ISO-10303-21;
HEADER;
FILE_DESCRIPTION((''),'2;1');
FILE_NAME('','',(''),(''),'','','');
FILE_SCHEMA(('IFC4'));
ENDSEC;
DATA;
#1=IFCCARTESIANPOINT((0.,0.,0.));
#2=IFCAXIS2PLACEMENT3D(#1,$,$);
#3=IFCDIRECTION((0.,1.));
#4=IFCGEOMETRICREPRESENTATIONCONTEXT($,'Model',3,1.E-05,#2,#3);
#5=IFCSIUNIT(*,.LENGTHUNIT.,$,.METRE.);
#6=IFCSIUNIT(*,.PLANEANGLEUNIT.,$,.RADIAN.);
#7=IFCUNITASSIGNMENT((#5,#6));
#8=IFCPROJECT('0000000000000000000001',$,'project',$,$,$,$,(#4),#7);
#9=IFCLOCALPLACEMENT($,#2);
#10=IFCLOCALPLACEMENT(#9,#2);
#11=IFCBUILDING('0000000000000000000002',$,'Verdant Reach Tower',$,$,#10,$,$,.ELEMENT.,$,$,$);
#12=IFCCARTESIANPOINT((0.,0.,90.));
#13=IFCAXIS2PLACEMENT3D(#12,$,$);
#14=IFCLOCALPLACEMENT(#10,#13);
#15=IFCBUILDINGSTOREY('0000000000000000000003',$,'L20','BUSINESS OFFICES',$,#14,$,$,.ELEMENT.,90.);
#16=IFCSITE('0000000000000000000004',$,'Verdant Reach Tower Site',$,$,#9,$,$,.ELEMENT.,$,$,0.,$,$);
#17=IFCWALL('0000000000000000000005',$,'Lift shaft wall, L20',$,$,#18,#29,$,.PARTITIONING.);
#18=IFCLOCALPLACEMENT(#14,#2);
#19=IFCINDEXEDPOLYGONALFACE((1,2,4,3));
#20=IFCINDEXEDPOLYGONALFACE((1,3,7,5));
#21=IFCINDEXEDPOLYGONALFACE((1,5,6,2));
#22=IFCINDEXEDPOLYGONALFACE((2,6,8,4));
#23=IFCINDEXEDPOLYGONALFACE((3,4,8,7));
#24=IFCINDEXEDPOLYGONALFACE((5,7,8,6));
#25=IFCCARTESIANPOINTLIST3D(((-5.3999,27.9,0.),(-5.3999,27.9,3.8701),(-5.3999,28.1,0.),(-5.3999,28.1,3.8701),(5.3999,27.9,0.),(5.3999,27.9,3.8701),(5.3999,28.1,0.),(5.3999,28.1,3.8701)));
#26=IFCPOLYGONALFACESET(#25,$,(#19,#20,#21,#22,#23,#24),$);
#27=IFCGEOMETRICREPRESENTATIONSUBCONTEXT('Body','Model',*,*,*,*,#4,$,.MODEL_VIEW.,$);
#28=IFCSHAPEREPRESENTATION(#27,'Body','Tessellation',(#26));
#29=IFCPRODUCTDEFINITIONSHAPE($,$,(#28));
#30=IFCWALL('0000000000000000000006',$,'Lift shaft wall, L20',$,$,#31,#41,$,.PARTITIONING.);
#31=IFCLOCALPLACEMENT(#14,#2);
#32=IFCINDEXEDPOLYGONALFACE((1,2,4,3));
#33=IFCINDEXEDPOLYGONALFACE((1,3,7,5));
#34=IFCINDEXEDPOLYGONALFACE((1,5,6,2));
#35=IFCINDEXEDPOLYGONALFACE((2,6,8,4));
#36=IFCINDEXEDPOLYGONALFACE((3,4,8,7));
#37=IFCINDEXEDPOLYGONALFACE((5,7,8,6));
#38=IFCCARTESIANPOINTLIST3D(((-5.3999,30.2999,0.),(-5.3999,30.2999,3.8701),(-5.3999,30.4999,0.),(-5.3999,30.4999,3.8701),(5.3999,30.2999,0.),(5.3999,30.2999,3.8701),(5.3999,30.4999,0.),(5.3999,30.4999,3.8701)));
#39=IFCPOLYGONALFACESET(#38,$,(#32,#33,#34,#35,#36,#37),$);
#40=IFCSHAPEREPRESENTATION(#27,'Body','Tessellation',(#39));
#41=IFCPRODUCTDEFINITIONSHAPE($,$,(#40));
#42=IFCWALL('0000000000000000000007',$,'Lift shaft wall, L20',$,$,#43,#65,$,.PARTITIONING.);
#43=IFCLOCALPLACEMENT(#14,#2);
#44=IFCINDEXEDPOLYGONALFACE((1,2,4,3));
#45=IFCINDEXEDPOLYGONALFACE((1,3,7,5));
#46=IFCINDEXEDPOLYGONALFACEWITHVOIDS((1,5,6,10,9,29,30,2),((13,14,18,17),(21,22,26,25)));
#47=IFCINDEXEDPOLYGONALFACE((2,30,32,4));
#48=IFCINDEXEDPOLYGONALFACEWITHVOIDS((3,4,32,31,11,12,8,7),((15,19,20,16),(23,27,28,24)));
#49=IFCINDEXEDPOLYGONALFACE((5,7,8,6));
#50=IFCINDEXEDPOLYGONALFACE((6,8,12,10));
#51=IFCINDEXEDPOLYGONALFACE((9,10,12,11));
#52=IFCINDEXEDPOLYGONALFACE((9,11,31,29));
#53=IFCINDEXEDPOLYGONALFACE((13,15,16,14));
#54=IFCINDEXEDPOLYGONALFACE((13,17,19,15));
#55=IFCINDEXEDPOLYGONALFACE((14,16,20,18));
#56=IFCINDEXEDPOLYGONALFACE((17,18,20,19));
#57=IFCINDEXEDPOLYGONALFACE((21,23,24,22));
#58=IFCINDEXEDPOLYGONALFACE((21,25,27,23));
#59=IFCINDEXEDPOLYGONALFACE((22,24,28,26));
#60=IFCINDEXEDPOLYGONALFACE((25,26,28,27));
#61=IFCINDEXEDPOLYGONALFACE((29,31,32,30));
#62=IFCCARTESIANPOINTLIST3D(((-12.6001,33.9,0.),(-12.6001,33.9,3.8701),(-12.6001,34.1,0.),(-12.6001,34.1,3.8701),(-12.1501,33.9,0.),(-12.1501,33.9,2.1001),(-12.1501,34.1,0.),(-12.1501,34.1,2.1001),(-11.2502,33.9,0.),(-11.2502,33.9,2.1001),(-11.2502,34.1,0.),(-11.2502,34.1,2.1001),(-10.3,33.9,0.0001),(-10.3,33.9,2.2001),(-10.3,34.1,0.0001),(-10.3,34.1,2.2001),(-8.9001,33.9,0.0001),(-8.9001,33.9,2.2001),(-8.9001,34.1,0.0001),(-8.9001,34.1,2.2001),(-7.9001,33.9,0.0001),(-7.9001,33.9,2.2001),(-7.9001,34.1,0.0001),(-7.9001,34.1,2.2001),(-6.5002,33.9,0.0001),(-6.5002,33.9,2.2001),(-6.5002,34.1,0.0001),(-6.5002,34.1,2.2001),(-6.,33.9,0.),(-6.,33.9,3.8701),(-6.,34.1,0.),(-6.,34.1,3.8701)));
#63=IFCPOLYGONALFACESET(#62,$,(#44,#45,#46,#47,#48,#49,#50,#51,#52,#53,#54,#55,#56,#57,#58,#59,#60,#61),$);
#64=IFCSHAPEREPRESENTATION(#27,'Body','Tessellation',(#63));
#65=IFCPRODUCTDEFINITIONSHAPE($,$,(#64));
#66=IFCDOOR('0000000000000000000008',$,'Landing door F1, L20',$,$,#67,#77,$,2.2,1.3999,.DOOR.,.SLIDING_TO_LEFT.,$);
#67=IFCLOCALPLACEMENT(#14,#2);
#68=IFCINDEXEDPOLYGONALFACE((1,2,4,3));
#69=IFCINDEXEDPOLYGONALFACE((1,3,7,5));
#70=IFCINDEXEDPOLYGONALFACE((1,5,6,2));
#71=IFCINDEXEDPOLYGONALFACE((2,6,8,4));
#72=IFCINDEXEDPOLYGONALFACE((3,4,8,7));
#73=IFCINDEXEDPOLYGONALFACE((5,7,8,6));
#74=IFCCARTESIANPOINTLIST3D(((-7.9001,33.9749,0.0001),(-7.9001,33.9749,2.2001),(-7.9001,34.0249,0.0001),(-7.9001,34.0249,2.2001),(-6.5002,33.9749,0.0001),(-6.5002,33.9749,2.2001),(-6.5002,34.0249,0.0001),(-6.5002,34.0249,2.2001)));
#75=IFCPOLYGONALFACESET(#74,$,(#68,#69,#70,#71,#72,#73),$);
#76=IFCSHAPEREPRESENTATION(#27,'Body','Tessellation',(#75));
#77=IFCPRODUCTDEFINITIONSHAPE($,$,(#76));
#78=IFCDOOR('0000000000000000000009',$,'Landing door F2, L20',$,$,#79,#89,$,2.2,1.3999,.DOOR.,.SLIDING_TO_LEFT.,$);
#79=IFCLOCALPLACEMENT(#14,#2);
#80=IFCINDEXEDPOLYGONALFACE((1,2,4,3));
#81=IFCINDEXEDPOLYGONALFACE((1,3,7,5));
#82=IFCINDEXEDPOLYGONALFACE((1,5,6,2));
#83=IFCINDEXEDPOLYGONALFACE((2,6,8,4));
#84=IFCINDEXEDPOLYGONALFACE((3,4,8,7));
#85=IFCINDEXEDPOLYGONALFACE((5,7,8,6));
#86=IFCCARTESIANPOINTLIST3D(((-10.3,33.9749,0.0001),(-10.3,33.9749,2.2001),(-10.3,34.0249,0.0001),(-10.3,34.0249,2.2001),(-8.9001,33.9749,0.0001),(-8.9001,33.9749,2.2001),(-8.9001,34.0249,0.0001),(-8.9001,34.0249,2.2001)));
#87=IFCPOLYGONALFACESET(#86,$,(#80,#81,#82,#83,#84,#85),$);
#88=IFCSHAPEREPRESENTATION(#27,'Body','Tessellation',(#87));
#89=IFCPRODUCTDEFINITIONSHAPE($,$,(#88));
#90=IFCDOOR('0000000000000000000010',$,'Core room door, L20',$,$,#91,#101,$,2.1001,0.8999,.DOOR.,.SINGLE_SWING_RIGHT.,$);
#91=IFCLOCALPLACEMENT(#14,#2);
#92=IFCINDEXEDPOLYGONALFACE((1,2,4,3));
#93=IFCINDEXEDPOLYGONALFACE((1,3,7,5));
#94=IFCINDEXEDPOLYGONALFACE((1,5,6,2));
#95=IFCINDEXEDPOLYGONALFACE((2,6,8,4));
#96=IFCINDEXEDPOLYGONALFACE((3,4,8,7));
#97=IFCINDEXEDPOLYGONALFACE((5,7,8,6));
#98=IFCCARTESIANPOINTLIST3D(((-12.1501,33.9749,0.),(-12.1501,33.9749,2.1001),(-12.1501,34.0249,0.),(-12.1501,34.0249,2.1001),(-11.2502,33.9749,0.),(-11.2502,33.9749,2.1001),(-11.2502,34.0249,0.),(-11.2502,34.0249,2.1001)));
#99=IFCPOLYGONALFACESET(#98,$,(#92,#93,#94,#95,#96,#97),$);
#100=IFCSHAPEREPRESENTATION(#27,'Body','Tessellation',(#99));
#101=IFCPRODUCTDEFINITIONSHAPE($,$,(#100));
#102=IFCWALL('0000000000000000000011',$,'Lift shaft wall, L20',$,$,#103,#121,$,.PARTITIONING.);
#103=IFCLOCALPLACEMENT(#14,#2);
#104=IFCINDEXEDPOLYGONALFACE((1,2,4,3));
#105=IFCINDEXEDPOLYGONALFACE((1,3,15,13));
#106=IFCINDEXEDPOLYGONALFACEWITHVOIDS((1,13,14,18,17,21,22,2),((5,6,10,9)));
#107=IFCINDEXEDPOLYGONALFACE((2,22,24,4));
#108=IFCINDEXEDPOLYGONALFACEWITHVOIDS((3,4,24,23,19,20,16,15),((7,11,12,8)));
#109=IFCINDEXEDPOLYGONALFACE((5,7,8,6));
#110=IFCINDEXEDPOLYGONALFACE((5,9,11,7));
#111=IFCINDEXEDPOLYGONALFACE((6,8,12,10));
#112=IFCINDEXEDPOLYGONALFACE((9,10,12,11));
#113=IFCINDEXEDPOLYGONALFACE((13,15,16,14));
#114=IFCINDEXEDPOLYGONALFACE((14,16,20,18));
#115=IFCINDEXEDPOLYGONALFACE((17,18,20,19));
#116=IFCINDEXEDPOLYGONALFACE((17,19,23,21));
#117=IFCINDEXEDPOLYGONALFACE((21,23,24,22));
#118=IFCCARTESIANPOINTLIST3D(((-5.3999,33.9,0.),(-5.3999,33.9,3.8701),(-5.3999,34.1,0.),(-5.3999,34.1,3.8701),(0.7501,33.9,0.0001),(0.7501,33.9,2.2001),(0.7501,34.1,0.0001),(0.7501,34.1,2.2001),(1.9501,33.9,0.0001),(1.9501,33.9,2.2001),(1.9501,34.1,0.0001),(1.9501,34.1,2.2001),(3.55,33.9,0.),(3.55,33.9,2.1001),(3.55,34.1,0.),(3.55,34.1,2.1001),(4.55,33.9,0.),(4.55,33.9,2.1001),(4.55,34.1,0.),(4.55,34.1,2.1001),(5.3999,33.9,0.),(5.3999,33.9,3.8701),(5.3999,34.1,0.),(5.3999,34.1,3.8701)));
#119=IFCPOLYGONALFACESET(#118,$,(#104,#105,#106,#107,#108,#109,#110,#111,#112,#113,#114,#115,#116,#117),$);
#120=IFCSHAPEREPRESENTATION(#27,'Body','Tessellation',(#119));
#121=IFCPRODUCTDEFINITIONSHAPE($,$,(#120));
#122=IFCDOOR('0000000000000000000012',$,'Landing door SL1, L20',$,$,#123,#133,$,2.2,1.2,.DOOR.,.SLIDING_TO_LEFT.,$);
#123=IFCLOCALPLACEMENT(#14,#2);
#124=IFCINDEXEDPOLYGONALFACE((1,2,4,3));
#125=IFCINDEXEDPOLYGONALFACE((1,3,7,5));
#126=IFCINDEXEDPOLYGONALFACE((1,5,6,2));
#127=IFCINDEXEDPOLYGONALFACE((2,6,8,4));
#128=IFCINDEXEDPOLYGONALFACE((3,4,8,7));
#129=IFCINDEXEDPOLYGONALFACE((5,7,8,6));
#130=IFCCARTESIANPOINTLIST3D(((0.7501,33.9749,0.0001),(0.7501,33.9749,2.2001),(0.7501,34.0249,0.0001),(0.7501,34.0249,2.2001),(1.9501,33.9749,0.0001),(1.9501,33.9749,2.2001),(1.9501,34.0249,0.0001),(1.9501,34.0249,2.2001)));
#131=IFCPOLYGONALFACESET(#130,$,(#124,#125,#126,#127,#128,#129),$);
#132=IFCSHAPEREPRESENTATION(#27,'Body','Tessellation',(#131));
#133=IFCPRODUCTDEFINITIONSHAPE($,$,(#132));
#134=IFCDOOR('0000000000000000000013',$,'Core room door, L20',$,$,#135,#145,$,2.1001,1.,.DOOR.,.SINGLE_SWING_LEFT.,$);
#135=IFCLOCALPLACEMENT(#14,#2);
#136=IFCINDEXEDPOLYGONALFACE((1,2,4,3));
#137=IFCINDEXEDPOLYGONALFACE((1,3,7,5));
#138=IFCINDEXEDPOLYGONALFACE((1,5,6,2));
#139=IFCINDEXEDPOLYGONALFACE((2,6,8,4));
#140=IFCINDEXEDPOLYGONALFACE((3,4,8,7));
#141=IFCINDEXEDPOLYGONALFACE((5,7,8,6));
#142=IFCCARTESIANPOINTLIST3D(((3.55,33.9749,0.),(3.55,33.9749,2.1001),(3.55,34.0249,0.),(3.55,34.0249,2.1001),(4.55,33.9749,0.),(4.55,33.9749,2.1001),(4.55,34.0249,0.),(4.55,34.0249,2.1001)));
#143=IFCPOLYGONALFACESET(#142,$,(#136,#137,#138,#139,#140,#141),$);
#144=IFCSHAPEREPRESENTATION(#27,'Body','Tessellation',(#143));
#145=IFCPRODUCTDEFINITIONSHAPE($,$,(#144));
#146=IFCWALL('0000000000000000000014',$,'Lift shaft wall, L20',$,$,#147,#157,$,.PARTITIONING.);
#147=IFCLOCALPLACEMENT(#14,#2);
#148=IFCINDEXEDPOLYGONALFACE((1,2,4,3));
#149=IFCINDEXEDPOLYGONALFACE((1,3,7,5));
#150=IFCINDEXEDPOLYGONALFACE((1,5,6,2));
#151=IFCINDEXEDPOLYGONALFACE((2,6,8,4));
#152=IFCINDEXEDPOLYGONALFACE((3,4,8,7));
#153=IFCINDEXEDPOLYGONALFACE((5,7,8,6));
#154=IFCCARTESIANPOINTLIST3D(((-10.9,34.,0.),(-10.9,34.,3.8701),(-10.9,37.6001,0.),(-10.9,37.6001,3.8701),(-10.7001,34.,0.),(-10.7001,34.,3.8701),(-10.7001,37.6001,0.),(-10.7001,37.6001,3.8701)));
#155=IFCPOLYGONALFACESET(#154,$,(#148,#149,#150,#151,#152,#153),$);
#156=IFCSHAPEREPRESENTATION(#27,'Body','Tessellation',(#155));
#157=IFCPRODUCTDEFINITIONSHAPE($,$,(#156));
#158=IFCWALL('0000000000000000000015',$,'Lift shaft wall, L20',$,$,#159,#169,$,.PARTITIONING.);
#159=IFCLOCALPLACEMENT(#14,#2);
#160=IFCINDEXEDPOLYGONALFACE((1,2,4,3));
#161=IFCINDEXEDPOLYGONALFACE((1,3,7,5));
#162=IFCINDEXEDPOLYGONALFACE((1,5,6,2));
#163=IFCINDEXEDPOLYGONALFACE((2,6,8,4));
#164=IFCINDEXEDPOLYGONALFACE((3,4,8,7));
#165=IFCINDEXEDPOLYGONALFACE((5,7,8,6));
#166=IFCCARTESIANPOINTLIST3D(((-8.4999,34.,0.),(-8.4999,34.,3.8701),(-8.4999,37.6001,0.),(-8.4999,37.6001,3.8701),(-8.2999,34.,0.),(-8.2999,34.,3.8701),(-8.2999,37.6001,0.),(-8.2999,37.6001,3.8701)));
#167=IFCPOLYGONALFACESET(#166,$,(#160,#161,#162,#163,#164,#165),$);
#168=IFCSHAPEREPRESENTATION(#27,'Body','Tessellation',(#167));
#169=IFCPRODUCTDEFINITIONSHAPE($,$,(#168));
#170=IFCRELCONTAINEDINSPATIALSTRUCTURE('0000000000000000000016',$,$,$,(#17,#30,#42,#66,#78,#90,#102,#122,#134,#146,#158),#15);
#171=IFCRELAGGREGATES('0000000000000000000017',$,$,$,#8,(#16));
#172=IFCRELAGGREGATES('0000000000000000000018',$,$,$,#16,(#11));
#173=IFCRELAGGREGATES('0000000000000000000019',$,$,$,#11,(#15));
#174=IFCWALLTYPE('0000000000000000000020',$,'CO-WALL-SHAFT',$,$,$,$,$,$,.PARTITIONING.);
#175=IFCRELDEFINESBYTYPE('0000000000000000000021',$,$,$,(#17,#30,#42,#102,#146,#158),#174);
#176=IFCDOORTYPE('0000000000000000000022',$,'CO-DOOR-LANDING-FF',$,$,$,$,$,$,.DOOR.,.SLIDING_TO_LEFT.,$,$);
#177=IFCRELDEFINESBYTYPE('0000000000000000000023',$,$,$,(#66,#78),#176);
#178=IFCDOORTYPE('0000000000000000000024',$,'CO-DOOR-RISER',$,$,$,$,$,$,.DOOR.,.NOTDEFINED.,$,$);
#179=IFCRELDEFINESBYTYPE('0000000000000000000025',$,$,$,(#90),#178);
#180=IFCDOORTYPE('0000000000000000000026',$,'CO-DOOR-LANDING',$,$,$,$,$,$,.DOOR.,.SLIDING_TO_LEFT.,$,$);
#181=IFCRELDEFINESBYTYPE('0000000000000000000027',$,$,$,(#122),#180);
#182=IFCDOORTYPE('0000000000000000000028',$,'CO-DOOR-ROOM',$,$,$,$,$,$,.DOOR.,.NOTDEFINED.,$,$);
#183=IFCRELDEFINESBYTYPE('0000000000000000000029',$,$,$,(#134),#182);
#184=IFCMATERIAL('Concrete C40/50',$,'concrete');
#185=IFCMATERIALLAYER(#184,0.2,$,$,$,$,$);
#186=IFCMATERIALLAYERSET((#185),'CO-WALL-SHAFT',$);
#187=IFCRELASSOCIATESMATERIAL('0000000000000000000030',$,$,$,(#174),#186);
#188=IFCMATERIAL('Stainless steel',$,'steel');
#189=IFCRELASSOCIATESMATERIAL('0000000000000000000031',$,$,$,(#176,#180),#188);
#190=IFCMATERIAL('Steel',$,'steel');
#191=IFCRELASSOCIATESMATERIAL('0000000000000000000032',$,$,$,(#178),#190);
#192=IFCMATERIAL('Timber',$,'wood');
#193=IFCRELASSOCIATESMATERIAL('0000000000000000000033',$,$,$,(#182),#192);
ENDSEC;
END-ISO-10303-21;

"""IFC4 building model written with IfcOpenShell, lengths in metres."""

from ifc_helpers import new_model, si_unit, direction, frame, frame_2d, origin, place, context, subcontext, project, spatial, rectangle, extrude, material, layer, layer_set, type_object, element, fill, save


model = new_model("IFC4")

# Units and contexts
model_context = context("Model", 3, precision=1e-05, world=origin(), true_north=direction((0.0, 1.0)))
body_context = subcontext(model_context, "Body", "Model", "MODEL_VIEW")
ifc_project = project(units=[si_unit("LENGTHUNIT", "METRE"), si_unit("PLANEANGLEUNIT", "RADIAN")], contexts=[model_context])

# Site, building, storey
site_placement = place(None, origin())
site = spatial("IfcSite", under=ifc_project, at=site_placement, Name="Verdant Reach Tower Site", CompositionType="ELEMENT", RefElevation=0.0)
building_placement = place(site_placement, origin())
building = spatial("IfcBuilding", under=site, at=building_placement, Name="Verdant Reach Tower", CompositionType="ELEMENT")
storey_placement = place(building_placement, frame((0.0, 0.0, 90.0)))
storey = spatial("IfcBuildingStorey", under=building, at=storey_placement, Name="L20", Description="BUSINESS OFFICES", CompositionType="ELEMENT", Elevation=90.0)

# Walls
ifc_material_1 = material(Name="Concrete C40/50", Category="concrete")
ifc_layer_1 = layer(ifc_material_1, 0.2)
ifc_layer_set_1 = layer_set([ifc_layer_1], Name="CO-WALL-SHAFT")
wall_type_1 = type_object("IfcWallType", Name="CO-WALL-SHAFT", PredefinedType="PARTITIONING", material=ifc_layer_set_1)
for number, where, z_axis, x_axis, name in (
    (1, (-5.3999, 28.0, 0.0), (0.0, 0.0, 1.0), (1.0, 0.0, 0.0), "Lift shaft wall, L20"),
    (2, (-5.3999, 30.3999, 0.0), (0.0, 0.0, 1.0), (1.0, 0.0, 0.0), "Lift shaft wall, L20"),
):
    element("IfcWall", number, at=place(storey_placement, frame(where, z_axis=z_axis, x_axis=x_axis)), inside=storey, type_object=wall_type_1, Name=name, PredefinedType="PARTITIONING", context=body_context, shape_type="SweptSolid", body=[
        extrude(rectangle(XDim=10.7998, YDim=0.2, at=frame_2d((5.3999, 0.0))), origin(), (0.0, 0.0, 1.0), 3.8701),
    ])

# Walls, openings, doors
wall_1_placement = place(storey_placement, frame((-12.6001, 34.0, 0.0), z_axis=(0.0, 0.0, 1.0), x_axis=(1.0, 0.0, 0.0)))
wall_1 = element("IfcWall", 3, at=wall_1_placement, inside=storey, type_object=wall_type_1, Name="Lift shaft wall, L20", PredefinedType="PARTITIONING", context=body_context, shape_type="SweptSolid", body=[
    extrude(rectangle(XDim=6.6001, YDim=0.2, at=frame_2d((3.3, 0.0))), origin(), (0.0, 0.0, 1.0), 3.8701),
])
opening_1_placement = place(wall_1_placement, frame((4.7, 0.0, 0.0)))
opening_1 = element("IfcOpeningElement", 4, at=opening_1_placement, cuts=wall_1, PredefinedType="OPENING", context=body_context, shape_type="SweptSolid", body=[
    extrude(rectangle(XDim=1.3999, YDim=2.2, at=frame_2d((0.7, 1.1001))), frame((0.0, 0.1099, 0.0), z_axis=(0.0, -1.0, 0.0), x_axis=(1.0, 0.0, 0.0)), (0.0, 0.0, 1.0), 0.22),
])
opening_2_placement = place(wall_1_placement, frame((2.3, 0.0, 0.0)))
opening_2 = element("IfcOpeningElement", 5, at=opening_2_placement, cuts=wall_1, PredefinedType="OPENING", context=body_context, shape_type="SweptSolid", body=[
    extrude(rectangle(XDim=1.3999, YDim=2.2, at=frame_2d((0.7, 1.1001))), frame((0.0, 0.1099, 0.0), z_axis=(0.0, -1.0, 0.0), x_axis=(1.0, 0.0, 0.0)), (0.0, 0.0, 1.0), 0.22),
])
opening_3_placement = place(wall_1_placement, frame((0.45, 0.0, 0.0)))
opening_3 = element("IfcOpeningElement", 6, at=opening_3_placement, cuts=wall_1, PredefinedType="OPENING", context=body_context, shape_type="SweptSolid", body=[
    extrude(rectangle(XDim=0.8999, YDim=2.1001, at=frame_2d((0.45, 1.05))), frame((0.0, 0.1099, 0.0), z_axis=(0.0, -1.0, 0.0), x_axis=(1.0, 0.0, 0.0)), (0.0, 0.0, 1.0), 0.22),
])
ifc_material_2 = material(Name="Stainless steel", Category="steel")
door_type_1 = type_object("IfcDoorType", Name="CO-DOOR-LANDING-FF", OperationType="SLIDING_TO_LEFT", PredefinedType="DOOR", material=ifc_material_2)
door_1_placement = place(opening_1_placement, origin())
door_1 = element("IfcDoor", 7, at=door_1_placement, inside=storey, type_object=door_type_1, Name="Landing door F1, L20", OperationType="SLIDING_TO_LEFT", OverallHeight=2.2, OverallWidth=1.3999, PredefinedType="DOOR", context=body_context, shape_type="SweptSolid", body=[
    extrude(rectangle(XDim=1.3999, YDim=2.2, at=frame_2d((0.7, 1.1001))), frame((0.0, 0.0249, 0.0), z_axis=(0.0, -1.0, 0.0), x_axis=(1.0, 0.0, 0.0)), (0.0, 0.0, 1.0), 0.05),
])
fill(opening_1, door_1)
door_2_placement = place(opening_2_placement, origin())
door_2 = element("IfcDoor", 8, at=door_2_placement, inside=storey, type_object=door_type_1, Name="Landing door F2, L20", OperationType="SLIDING_TO_LEFT", OverallHeight=2.2, OverallWidth=1.3999, PredefinedType="DOOR", context=body_context, shape_type="SweptSolid", body=[
    extrude(rectangle(XDim=1.3999, YDim=2.2, at=frame_2d((0.7, 1.1001))), frame((0.0, 0.0249, 0.0), z_axis=(0.0, -1.0, 0.0), x_axis=(1.0, 0.0, 0.0)), (0.0, 0.0, 1.0), 0.05),
])
fill(opening_2, door_2)
ifc_material_3 = material(Name="Steel", Category="steel")
door_type_2 = type_object("IfcDoorType", Name="CO-DOOR-RISER", OperationType="NOTDEFINED", PredefinedType="DOOR", material=ifc_material_3)
door_3_placement = place(opening_3_placement, origin())
door_3 = element("IfcDoor", 9, at=door_3_placement, inside=storey, type_object=door_type_2, Name="Core room door, L20", OperationType="SINGLE_SWING_RIGHT", OverallHeight=2.1001, OverallWidth=0.8999, PredefinedType="DOOR", context=body_context, shape_type="SweptSolid", body=[
    extrude(rectangle(XDim=0.8999, YDim=2.1001, at=frame_2d((0.45, 1.05))), frame((0.0, 0.0249, 0.0), z_axis=(0.0, -1.0, 0.0), x_axis=(1.0, 0.0, 0.0)), (0.0, 0.0, 1.0), 0.05),
])
fill(opening_3, door_3)
wall_2_placement = place(storey_placement, frame((-5.3999, 34.0, 0.0), z_axis=(0.0, 0.0, 1.0), x_axis=(1.0, 0.0, 0.0)))
wall_2 = element("IfcWall", 10, at=wall_2_placement, inside=storey, type_object=wall_type_1, Name="Lift shaft wall, L20", PredefinedType="PARTITIONING", context=body_context, shape_type="SweptSolid", body=[
    extrude(rectangle(XDim=10.7998, YDim=0.2, at=frame_2d((5.3999, 0.0))), origin(), (0.0, 0.0, 1.0), 3.8701),
])
opening_4_placement = place(wall_2_placement, frame((6.1499, 0.0, 0.0)))
opening_4 = element("IfcOpeningElement", 11, at=opening_4_placement, cuts=wall_2, PredefinedType="OPENING", context=body_context, shape_type="SweptSolid", body=[
    extrude(rectangle(XDim=1.2, YDim=2.2, at=frame_2d((0.6001, 1.1001))), frame((0.0, 0.1099, 0.0), z_axis=(0.0, -1.0, 0.0), x_axis=(1.0, 0.0, 0.0)), (0.0, 0.0, 1.0), 0.22),
])
opening_5_placement = place(wall_2_placement, frame((8.95, 0.0, 0.0)))
opening_5 = element("IfcOpeningElement", 12, at=opening_5_placement, cuts=wall_2, PredefinedType="OPENING", context=body_context, shape_type="SweptSolid", body=[
    extrude(rectangle(XDim=1.0, YDim=2.1001, at=frame_2d((0.5, 1.05))), frame((0.0, 0.1099, 0.0), z_axis=(0.0, -1.0, 0.0), x_axis=(1.0, 0.0, 0.0)), (0.0, 0.0, 1.0), 0.22),
])
door_type_3 = type_object("IfcDoorType", Name="CO-DOOR-LANDING", OperationType="SLIDING_TO_LEFT", PredefinedType="DOOR", material=ifc_material_2)
door_4_placement = place(opening_4_placement, origin())
door_4 = element("IfcDoor", 13, at=door_4_placement, inside=storey, type_object=door_type_3, Name="Landing door SL1, L20", OperationType="SLIDING_TO_LEFT", OverallHeight=2.2, OverallWidth=1.2, PredefinedType="DOOR", context=body_context, shape_type="SweptSolid", body=[
    extrude(rectangle(XDim=1.2, YDim=2.2, at=frame_2d((0.6001, 1.1001))), frame((0.0, 0.0249, 0.0), z_axis=(0.0, -1.0, 0.0), x_axis=(1.0, 0.0, 0.0)), (0.0, 0.0, 1.0), 0.05),
])
fill(opening_4, door_4)
ifc_material_4 = material(Name="Timber", Category="wood")
door_type_4 = type_object("IfcDoorType", Name="CO-DOOR-ROOM", OperationType="NOTDEFINED", PredefinedType="DOOR", material=ifc_material_4)
door_5_placement = place(opening_5_placement, origin())
door_5 = element("IfcDoor", 14, at=door_5_placement, inside=storey, type_object=door_type_4, Name="Core room door, L20", OperationType="SINGLE_SWING_LEFT", OverallHeight=2.1001, OverallWidth=1.0, PredefinedType="DOOR", context=body_context, shape_type="SweptSolid", body=[
    extrude(rectangle(XDim=1.0, YDim=2.1001, at=frame_2d((0.5, 1.05))), frame((0.0, 0.0249, 0.0), z_axis=(0.0, -1.0, 0.0), x_axis=(1.0, 0.0, 0.0)), (0.0, 0.0, 1.0), 0.05),
])
fill(opening_5, door_5)

# Walls
for number, where, z_axis, x_axis, name in (
    (15, (-10.8, 34.0, 0.0), (0.0, 0.0, 1.0), (0.0, 1.0, 0.0), "Lift shaft wall, L20"),
    (16, (-8.3999, 34.0, 0.0), (0.0, 0.0, 1.0), (0.0, 1.0, 0.0), "Lift shaft wall, L20"),
):
    element("IfcWall", number, at=place(storey_placement, frame(where, z_axis=z_axis, x_axis=x_axis)), inside=storey, type_object=wall_type_1, Name=name, PredefinedType="PARTITIONING", context=body_context, shape_type="SweptSolid", body=[
        extrude(rectangle(XDim=3.6001, YDim=0.2, at=frame_2d((1.8, 0.0))), origin(), (0.0, 0.0, 1.0), 3.8701),
    ])

save(model, "model.ifc")
